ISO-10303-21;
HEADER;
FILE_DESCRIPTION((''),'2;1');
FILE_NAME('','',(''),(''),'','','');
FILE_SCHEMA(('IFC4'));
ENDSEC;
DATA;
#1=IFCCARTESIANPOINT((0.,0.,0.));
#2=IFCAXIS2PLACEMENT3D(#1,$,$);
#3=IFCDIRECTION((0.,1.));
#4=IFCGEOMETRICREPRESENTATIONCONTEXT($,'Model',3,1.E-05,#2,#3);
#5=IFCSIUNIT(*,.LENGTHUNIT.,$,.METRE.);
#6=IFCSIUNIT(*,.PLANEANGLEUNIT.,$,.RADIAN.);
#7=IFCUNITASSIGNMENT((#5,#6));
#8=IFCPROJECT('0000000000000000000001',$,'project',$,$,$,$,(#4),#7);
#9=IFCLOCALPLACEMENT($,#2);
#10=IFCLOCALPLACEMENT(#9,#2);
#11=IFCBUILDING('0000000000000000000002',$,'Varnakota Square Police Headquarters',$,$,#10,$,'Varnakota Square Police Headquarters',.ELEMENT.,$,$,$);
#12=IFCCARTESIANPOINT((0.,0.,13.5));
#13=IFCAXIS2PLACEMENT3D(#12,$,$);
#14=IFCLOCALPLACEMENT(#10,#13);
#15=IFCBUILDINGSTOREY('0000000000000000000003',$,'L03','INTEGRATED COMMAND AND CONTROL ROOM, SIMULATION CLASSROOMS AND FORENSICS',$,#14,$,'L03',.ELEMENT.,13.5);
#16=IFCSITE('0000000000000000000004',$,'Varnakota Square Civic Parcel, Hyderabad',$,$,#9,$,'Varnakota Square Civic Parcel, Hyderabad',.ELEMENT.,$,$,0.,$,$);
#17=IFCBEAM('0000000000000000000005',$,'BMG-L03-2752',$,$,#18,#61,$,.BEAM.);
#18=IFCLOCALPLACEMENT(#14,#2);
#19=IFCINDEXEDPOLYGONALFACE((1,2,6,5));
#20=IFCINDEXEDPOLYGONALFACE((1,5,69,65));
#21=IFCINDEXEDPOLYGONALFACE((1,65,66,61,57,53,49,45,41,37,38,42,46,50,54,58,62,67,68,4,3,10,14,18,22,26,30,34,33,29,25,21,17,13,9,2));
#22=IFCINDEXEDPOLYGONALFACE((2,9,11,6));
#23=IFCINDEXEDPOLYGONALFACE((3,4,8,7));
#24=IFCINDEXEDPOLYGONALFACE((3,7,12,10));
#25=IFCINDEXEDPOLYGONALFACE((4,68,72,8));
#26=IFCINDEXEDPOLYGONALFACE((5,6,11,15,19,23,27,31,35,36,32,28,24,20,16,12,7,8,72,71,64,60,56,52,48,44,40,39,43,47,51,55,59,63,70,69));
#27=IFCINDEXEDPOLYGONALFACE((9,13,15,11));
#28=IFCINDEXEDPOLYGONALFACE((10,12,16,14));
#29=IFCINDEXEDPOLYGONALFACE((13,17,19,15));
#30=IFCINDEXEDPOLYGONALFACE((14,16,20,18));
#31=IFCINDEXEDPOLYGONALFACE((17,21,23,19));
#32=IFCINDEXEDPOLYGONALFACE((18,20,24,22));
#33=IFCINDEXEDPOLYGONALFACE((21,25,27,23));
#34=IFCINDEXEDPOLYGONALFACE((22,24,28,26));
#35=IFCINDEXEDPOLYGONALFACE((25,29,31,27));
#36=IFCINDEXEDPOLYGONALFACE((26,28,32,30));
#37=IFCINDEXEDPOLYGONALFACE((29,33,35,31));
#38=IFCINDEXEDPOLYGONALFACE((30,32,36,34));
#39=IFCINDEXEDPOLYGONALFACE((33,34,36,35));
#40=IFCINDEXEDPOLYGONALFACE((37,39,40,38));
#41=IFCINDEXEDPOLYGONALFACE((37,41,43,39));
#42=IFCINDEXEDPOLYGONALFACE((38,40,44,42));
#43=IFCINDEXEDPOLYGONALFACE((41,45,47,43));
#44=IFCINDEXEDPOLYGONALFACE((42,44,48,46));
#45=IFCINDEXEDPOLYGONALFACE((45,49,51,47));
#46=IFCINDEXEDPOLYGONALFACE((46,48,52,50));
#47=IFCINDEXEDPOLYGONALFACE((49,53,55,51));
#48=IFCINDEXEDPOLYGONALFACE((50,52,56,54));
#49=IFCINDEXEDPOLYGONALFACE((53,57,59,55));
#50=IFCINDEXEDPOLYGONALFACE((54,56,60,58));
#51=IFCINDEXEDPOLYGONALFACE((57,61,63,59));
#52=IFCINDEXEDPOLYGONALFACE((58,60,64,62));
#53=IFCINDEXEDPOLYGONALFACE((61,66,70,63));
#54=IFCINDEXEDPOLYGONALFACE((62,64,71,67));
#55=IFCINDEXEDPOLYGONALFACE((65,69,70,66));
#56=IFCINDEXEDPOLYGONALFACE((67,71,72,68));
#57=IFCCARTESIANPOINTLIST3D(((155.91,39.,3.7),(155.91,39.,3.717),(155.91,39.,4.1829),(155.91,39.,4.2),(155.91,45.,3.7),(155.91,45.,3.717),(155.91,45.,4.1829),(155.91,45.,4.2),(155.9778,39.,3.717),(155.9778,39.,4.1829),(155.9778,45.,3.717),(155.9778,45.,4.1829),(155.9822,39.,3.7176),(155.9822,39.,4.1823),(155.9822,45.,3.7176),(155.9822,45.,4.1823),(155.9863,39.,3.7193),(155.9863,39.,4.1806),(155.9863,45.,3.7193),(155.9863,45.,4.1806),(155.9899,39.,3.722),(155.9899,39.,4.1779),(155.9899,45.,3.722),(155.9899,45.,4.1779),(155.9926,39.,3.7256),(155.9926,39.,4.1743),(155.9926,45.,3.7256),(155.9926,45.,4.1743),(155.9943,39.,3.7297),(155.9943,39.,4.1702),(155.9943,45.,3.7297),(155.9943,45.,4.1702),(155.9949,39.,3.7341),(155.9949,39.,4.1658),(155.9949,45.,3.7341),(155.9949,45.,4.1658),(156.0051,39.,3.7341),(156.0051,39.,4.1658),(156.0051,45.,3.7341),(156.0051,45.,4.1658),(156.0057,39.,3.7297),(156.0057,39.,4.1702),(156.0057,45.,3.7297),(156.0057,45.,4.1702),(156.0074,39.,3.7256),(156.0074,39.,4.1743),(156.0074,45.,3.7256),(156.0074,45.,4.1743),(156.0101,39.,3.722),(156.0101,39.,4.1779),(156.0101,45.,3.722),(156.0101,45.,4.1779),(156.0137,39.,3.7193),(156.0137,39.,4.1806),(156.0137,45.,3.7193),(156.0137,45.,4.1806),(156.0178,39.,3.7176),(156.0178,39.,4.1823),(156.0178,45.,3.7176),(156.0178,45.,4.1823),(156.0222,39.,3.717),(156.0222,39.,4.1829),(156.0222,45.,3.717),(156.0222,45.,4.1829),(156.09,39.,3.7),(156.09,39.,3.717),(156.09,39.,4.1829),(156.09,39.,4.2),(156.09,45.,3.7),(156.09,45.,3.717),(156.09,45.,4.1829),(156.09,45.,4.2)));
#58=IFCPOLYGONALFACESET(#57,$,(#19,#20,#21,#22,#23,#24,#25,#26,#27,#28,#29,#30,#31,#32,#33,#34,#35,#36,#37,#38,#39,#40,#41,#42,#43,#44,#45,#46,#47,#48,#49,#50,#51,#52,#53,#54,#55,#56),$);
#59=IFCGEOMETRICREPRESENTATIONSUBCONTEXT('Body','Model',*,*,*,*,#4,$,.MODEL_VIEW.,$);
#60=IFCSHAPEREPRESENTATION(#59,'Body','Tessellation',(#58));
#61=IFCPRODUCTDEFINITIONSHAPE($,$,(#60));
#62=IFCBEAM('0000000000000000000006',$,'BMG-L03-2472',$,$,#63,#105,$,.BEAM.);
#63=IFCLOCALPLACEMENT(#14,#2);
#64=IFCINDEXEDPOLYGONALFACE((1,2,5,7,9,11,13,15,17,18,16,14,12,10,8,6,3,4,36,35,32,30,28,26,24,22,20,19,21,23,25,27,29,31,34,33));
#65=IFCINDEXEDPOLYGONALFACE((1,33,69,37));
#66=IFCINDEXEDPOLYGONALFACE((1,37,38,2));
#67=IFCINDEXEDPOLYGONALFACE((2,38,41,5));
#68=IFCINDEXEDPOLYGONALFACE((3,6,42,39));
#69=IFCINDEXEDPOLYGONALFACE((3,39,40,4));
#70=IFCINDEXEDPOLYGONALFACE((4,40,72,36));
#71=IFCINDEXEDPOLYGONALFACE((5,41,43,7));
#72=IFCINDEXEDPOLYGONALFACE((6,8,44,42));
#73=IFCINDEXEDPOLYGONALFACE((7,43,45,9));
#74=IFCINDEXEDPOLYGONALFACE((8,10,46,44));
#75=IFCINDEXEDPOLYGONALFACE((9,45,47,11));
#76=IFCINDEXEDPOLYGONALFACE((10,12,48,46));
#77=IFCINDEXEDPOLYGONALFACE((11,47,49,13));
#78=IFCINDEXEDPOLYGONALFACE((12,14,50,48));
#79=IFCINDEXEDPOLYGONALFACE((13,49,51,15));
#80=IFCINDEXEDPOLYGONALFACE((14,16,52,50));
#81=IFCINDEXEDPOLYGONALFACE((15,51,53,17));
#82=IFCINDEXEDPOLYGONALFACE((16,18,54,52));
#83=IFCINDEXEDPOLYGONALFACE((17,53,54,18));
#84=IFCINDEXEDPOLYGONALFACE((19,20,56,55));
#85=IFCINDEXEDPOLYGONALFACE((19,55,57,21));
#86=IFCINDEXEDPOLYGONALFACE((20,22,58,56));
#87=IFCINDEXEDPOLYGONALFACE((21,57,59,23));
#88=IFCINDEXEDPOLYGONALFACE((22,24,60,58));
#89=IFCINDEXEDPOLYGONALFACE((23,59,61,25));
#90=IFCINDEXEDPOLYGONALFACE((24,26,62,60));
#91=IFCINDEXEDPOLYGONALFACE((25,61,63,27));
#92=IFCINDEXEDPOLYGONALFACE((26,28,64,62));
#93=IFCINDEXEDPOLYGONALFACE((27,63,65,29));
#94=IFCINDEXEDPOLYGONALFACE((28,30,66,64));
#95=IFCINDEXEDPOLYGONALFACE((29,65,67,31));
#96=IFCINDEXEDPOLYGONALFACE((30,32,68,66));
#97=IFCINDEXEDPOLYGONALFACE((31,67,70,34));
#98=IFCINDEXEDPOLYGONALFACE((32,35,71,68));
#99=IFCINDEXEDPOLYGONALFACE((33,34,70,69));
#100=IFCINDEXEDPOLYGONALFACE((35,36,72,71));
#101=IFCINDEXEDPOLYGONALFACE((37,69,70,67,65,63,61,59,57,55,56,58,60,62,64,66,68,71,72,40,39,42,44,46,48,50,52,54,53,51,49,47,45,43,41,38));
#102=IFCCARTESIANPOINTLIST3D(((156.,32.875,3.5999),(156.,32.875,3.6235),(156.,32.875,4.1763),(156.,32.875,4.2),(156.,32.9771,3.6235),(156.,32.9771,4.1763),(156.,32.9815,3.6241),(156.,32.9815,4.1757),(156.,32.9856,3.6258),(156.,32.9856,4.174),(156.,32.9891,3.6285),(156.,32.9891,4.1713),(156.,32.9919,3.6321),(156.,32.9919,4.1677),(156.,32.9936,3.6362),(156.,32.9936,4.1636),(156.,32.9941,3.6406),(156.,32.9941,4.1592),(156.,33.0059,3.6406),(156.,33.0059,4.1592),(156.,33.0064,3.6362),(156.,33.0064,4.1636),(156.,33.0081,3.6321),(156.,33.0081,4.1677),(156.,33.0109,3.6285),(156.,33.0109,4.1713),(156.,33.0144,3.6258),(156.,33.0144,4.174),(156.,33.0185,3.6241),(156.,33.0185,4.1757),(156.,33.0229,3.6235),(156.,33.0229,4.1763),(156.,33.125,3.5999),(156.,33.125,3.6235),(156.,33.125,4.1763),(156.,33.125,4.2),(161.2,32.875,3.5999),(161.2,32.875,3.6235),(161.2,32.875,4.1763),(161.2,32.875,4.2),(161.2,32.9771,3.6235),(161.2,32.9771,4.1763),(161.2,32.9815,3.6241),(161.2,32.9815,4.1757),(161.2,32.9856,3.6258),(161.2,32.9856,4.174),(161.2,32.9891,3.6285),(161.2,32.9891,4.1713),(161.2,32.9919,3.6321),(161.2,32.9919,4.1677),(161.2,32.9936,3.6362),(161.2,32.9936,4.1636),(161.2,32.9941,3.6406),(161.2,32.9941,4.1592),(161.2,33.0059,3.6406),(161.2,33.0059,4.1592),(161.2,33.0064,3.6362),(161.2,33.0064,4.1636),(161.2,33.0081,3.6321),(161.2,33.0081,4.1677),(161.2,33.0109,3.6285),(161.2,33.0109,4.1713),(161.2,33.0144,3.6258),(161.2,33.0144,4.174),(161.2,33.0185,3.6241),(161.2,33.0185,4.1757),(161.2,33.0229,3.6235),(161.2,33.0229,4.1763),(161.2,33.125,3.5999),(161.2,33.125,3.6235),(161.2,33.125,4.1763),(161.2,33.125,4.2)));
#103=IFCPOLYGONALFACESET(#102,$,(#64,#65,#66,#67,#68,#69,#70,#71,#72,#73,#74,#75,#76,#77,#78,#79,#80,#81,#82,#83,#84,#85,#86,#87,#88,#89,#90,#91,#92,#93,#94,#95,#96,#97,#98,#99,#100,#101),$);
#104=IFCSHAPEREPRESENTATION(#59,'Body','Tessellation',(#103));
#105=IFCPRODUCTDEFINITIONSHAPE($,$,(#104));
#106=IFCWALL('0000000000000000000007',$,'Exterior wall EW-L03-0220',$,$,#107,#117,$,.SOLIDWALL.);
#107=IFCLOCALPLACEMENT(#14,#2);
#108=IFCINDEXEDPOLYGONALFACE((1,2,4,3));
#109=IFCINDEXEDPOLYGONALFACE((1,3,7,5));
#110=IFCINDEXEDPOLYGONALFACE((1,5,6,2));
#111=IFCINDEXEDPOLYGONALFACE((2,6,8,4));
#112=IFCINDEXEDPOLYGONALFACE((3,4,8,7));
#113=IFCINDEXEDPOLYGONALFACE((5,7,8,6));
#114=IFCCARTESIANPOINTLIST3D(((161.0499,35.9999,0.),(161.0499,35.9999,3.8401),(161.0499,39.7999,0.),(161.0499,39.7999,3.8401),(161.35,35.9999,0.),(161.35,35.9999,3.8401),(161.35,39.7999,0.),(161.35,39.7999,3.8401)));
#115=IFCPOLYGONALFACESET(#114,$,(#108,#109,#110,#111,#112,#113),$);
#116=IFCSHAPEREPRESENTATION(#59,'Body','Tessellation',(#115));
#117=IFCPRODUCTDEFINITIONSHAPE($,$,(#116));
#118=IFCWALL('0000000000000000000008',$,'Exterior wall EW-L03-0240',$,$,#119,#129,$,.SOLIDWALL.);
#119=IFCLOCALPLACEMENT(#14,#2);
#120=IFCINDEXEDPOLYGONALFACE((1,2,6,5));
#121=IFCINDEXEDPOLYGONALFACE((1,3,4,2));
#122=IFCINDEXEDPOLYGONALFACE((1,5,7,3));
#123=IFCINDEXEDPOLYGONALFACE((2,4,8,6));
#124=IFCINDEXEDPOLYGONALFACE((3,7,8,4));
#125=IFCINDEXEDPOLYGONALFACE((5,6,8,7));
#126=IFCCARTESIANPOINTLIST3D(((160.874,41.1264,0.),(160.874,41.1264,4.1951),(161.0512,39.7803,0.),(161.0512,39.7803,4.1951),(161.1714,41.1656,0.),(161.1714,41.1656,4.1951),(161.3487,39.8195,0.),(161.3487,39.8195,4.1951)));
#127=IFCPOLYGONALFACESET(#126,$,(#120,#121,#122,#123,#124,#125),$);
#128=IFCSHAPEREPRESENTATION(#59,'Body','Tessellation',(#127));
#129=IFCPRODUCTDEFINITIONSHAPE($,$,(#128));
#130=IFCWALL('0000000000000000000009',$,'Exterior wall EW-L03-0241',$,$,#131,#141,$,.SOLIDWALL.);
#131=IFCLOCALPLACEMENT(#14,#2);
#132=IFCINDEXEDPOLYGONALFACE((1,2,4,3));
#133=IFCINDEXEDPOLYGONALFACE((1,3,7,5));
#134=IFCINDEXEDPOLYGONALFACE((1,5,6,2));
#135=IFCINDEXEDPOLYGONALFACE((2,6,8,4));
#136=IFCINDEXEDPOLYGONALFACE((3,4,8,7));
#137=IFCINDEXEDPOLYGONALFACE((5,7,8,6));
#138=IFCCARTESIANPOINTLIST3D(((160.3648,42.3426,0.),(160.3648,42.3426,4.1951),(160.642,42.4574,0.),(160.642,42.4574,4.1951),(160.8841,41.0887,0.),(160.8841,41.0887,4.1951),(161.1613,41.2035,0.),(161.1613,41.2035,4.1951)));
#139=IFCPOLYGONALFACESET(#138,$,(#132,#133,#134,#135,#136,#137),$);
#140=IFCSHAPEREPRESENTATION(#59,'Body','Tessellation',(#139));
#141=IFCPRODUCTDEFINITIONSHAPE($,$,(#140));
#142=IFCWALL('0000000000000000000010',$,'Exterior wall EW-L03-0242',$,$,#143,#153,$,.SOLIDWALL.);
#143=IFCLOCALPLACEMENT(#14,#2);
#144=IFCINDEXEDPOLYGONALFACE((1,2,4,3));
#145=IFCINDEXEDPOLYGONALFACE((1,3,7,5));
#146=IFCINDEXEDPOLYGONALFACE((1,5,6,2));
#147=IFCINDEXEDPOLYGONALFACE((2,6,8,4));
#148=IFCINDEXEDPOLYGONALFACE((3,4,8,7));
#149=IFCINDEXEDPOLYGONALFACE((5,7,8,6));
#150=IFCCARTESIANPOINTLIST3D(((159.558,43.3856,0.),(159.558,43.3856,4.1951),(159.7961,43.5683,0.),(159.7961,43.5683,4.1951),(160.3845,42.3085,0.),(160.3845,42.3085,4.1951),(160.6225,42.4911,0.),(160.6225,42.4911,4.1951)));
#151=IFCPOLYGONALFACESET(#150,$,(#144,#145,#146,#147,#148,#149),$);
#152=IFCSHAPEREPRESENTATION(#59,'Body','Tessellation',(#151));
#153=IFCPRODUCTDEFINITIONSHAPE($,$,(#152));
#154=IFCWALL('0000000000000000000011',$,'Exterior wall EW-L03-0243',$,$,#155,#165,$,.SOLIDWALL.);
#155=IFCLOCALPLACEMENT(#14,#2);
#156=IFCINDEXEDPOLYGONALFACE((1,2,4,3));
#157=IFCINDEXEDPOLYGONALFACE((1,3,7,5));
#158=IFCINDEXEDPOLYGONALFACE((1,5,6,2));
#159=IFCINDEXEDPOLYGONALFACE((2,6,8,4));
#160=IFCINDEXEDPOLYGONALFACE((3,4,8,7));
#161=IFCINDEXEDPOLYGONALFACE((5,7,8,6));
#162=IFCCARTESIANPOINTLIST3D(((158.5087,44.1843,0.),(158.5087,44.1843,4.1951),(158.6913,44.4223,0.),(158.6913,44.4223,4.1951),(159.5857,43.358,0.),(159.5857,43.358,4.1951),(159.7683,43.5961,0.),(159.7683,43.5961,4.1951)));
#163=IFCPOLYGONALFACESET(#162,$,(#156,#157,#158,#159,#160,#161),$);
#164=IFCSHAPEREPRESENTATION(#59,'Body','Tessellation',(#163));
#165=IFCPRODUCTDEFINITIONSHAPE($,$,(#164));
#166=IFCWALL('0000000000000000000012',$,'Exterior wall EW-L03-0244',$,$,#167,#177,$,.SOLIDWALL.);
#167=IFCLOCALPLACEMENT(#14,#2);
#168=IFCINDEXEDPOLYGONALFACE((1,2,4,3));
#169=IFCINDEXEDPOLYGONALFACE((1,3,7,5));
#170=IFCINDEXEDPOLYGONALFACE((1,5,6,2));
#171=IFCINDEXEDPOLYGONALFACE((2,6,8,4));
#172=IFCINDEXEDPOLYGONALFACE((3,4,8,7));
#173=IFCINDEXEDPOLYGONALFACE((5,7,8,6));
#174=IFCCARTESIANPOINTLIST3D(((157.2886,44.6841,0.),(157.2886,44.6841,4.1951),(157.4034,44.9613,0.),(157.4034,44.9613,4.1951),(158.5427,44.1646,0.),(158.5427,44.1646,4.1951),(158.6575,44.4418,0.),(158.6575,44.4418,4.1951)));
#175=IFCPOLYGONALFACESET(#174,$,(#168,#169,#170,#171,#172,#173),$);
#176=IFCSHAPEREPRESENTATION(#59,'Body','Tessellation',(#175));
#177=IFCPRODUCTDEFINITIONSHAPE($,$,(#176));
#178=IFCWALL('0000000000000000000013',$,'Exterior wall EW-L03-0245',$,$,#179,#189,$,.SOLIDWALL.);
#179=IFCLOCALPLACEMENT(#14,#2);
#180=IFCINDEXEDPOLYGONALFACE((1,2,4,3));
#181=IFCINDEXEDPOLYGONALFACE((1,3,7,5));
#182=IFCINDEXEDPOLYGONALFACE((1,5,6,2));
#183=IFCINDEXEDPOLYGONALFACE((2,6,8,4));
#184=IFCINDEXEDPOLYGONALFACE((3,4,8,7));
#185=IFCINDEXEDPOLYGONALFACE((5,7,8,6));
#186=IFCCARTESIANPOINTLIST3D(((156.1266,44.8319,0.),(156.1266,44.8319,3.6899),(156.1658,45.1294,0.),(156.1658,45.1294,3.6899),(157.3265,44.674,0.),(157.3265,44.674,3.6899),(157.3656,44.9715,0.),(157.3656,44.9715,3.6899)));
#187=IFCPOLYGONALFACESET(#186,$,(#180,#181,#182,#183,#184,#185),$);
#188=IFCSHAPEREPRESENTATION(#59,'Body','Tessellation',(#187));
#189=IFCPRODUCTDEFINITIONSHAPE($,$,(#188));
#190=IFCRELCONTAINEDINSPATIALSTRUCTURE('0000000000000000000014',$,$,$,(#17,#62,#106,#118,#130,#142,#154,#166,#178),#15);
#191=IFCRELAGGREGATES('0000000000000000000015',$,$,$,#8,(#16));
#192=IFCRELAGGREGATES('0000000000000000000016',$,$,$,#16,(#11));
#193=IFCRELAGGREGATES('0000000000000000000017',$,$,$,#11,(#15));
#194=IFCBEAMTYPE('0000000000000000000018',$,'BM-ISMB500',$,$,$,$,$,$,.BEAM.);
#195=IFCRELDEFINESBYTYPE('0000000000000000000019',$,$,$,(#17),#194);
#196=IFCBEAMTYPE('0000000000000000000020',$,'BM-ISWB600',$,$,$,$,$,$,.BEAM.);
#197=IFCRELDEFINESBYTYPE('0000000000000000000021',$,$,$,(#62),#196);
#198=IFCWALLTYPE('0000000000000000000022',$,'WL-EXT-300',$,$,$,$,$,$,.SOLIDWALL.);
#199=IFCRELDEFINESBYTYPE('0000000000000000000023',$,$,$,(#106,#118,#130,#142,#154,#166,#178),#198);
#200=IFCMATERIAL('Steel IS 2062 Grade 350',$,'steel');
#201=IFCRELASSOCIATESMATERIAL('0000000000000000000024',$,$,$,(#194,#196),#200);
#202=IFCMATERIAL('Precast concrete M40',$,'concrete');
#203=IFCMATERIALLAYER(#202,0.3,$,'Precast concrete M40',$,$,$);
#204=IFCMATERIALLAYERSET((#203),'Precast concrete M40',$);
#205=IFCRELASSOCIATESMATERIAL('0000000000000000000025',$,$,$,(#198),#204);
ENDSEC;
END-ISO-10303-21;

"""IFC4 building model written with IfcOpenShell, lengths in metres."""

from ifc_helpers import new_model, si_unit, direction, frame, frame_2d, origin, origin_2d, place, context, subcontext, project, spatial, rectangle, i_section, extrude, material, layer, layer_set, material_profile, profile_set, type_object, element, save


model = new_model("IFC4")

# Units and contexts
model_context = context("Model", 3, precision=1e-05, world=origin(), true_north=direction((0.0, 1.0)))
body_context = subcontext(model_context, "Body", "Model", "MODEL_VIEW")
ifc_project = project(units=[si_unit("LENGTHUNIT", "METRE"), si_unit("PLANEANGLEUNIT", "RADIAN")], contexts=[model_context])

# Site, building, storey
site_placement = place(None, origin())
site = spatial("IfcSite", under=ifc_project, at=site_placement, Name="Varnakota Square Civic Parcel, Hyderabad", LongName="Varnakota Square Civic Parcel, Hyderabad", CompositionType="ELEMENT", RefElevation=0.0)
building_placement = place(site_placement, origin())
building = spatial("IfcBuilding", under=site, at=building_placement, Name="Varnakota Square Police Headquarters", LongName="Varnakota Square Police Headquarters", CompositionType="ELEMENT")
storey_placement = place(building_placement, frame((0.0, 0.0, 13.5)))
storey = spatial("IfcBuildingStorey", under=building, at=storey_placement, Name="L03", Description="INTEGRATED COMMAND AND CONTROL ROOM, SIMULATION CLASSROOMS AND FORENSICS", LongName="L03", CompositionType="ELEMENT", Elevation=13.5)

# Shared definitions
ifc_material_1 = material(Name="Steel IS 2062 Grade 350", Category="steel")

# Beams
ifc_material_profile_1 = material_profile(ifc_material_1, i_section(OverallWidth=0.1799, OverallDepth=0.5, WebThickness=0.0103, FlangeThickness=0.0171, FilletRadius=0.0171, at=origin_2d()), Name="ISMB 500")
ifc_profile_set_1 = profile_set([ifc_material_profile_1], Name="Steel IS 2062 Grade 350")
beam_type_1 = type_object("IfcBeamType", Name="BM-ISMB500", PredefinedType="BEAM", material=ifc_profile_set_1)
beam_1_placement = place(storey_placement, frame((156.0, 39.0, 3.95), z_axis=(0.0, 1.0, 0.0), x_axis=(-1.0, 0.0, 0.0)))
element("IfcBeam", 1, at=beam_1_placement, inside=storey, type_object=beam_type_1, Name="BMG-L03-2752", PredefinedType="BEAM", context=body_context, shape_type="SweptSolid", body=[
    extrude(i_section(OverallWidth=0.1799, OverallDepth=0.5, WebThickness=0.0103, FlangeThickness=0.0171, FilletRadius=0.0171, at=origin_2d()), origin(), (0.0, 0.0, 1.0), 6.0),
])
ifc_material_profile_2 = material_profile(ifc_material_1, i_section(OverallWidth=0.25, OverallDepth=0.6001, WebThickness=0.0117, FlangeThickness=0.0237, FilletRadius=0.0171, at=origin_2d()), Name="ISWB 600")
ifc_profile_set_2 = profile_set([ifc_material_profile_2], Name="Steel IS 2062 Grade 350")
beam_type_2 = type_object("IfcBeamType", Name="BM-ISWB600", PredefinedType="BEAM", material=ifc_profile_set_2)
beam_2_placement = place(storey_placement, frame((156.0, 33.0, 3.8999), z_axis=(1.0, 0.0, 0.0), x_axis=(0.0, 1.0, 0.0)))
element("IfcBeam", 2, at=beam_2_placement, inside=storey, type_object=beam_type_2, Name="BMG-L03-2472", PredefinedType="BEAM", context=body_context, shape_type="SweptSolid", body=[
    extrude(i_section(OverallWidth=0.25, OverallDepth=0.6001, WebThickness=0.0117, FlangeThickness=0.0237, FilletRadius=0.0171, at=origin_2d()), origin(), (0.0, 0.0, 1.0), 5.2),
])

# Walls
ifc_material_2 = material(Name="Precast concrete M40", Category="concrete")
ifc_layer_1 = layer(ifc_material_2, 0.3, Name="Precast concrete M40")
ifc_layer_set_1 = layer_set([ifc_layer_1], Name="Precast concrete M40")
wall_type_1 = type_object("IfcWallType", Name="WL-EXT-300", PredefinedType="SOLIDWALL", material=ifc_layer_set_1)
wall_1_placement = place(storey_placement, frame((161.2, 36.0, 0.0), z_axis=(0.0, 0.0, 1.0), x_axis=(0.0, 1.0, 0.0)))
element("IfcWall", 3, at=wall_1_placement, inside=storey, type_object=wall_type_1, Name="Exterior wall EW-L03-0220", PredefinedType="SOLIDWALL", context=body_context, shape_type="SweptSolid", body=[
    extrude(rectangle(XDim=3.8, YDim=0.3, at=frame_2d((1.8999, 0.0))), origin(), (0.0, 0.0, 1.0), 3.8401),
])
wall_2_placement = place(storey_placement, frame((161.2, 39.8, 0.0), z_axis=(0.0, 0.0, 1.0), x_axis=(-0.130562, 0.99144, 0.0)))
element("IfcWall", 4, at=wall_2_placement, inside=storey, type_object=wall_type_1, Name="Exterior wall EW-L03-0240", PredefinedType="SOLIDWALL", context=body_context, shape_type="SweptSolid", body=[
    extrude(rectangle(XDim=1.3577, YDim=0.3, at=frame_2d((0.6787, 0.0))), origin(), (0.0, 0.0, 1.0), 4.1951),
])
wall_3_placement = place(storey_placement, frame((161.0227, 41.146, 0.0), z_axis=(0.0, 0.0, 1.0), x_axis=(-0.382622, 0.923905, 0.0)))
element("IfcWall", 5, at=wall_3_placement, inside=storey, type_object=wall_type_1, Name="Exterior wall EW-L03-0241", PredefinedType="SOLIDWALL", context=body_context, shape_type="SweptSolid", body=[
    extrude(rectangle(XDim=1.3572, YDim=0.3, at=frame_2d((0.6787, 0.0))), origin(), (0.0, 0.0, 1.0), 4.1951),
])
wall_4_placement = place(storey_placement, frame((160.5034, 42.3999, 0.0), z_axis=(0.0, 0.0, 1.0), x_axis=(-0.608711, 0.793392, 0.0)))
element("IfcWall", 6, at=wall_4_placement, inside=storey, type_object=wall_type_1, Name="Exterior wall EW-L03-0242", PredefinedType="SOLIDWALL", context=body_context, shape_type="SweptSolid", body=[
    extrude(rectangle(XDim=1.3577, YDim=0.3, at=frame_2d((0.6787, 0.0))), origin(), (0.0, 0.0, 1.0), 4.1951),
])
for number, where, z_axis, x_axis, name in (
    (7, (159.677, 43.4771, 0.0), (0.0, 0.0, 1.0), (-0.793412, 0.608685, 0.0), "Exterior wall EW-L03-0243"),
    (8, (158.6001, 44.3032, 0.0), (0.0, 0.0, 1.0), (-0.923868, 0.382712, 0.0), "Exterior wall EW-L03-0244"),
):
    element("IfcWall", number, at=place(storey_placement, frame(where, z_axis=z_axis, x_axis=x_axis)), inside=storey, type_object=wall_type_1, Name=name, PredefinedType="SOLIDWALL", context=body_context, shape_type="SweptSolid", body=[
        extrude(rectangle(XDim=1.3574, YDim=0.3, at=frame_2d((0.6787, 0.0))), origin(), (0.0, 0.0, 1.0), 4.1951),
    ])
wall_5_placement = place(storey_placement, frame((157.3459, 44.8228, 0.0), z_axis=(0.0, 0.0, 1.0), x_axis=(-0.991447, 0.130512, 0.0)))
element("IfcWall", 9, at=wall_5_placement, inside=storey, type_object=wall_type_1, Name="Exterior wall EW-L03-0245", PredefinedType="SOLIDWALL", context=body_context, shape_type="SweptSolid", body=[
    extrude(rectangle(XDim=1.2102, YDim=0.3, at=frame_2d((0.605, 0.0))), origin(), (0.0, 0.0, 1.0), 3.6899),
])

save(model, "model.ifc")
